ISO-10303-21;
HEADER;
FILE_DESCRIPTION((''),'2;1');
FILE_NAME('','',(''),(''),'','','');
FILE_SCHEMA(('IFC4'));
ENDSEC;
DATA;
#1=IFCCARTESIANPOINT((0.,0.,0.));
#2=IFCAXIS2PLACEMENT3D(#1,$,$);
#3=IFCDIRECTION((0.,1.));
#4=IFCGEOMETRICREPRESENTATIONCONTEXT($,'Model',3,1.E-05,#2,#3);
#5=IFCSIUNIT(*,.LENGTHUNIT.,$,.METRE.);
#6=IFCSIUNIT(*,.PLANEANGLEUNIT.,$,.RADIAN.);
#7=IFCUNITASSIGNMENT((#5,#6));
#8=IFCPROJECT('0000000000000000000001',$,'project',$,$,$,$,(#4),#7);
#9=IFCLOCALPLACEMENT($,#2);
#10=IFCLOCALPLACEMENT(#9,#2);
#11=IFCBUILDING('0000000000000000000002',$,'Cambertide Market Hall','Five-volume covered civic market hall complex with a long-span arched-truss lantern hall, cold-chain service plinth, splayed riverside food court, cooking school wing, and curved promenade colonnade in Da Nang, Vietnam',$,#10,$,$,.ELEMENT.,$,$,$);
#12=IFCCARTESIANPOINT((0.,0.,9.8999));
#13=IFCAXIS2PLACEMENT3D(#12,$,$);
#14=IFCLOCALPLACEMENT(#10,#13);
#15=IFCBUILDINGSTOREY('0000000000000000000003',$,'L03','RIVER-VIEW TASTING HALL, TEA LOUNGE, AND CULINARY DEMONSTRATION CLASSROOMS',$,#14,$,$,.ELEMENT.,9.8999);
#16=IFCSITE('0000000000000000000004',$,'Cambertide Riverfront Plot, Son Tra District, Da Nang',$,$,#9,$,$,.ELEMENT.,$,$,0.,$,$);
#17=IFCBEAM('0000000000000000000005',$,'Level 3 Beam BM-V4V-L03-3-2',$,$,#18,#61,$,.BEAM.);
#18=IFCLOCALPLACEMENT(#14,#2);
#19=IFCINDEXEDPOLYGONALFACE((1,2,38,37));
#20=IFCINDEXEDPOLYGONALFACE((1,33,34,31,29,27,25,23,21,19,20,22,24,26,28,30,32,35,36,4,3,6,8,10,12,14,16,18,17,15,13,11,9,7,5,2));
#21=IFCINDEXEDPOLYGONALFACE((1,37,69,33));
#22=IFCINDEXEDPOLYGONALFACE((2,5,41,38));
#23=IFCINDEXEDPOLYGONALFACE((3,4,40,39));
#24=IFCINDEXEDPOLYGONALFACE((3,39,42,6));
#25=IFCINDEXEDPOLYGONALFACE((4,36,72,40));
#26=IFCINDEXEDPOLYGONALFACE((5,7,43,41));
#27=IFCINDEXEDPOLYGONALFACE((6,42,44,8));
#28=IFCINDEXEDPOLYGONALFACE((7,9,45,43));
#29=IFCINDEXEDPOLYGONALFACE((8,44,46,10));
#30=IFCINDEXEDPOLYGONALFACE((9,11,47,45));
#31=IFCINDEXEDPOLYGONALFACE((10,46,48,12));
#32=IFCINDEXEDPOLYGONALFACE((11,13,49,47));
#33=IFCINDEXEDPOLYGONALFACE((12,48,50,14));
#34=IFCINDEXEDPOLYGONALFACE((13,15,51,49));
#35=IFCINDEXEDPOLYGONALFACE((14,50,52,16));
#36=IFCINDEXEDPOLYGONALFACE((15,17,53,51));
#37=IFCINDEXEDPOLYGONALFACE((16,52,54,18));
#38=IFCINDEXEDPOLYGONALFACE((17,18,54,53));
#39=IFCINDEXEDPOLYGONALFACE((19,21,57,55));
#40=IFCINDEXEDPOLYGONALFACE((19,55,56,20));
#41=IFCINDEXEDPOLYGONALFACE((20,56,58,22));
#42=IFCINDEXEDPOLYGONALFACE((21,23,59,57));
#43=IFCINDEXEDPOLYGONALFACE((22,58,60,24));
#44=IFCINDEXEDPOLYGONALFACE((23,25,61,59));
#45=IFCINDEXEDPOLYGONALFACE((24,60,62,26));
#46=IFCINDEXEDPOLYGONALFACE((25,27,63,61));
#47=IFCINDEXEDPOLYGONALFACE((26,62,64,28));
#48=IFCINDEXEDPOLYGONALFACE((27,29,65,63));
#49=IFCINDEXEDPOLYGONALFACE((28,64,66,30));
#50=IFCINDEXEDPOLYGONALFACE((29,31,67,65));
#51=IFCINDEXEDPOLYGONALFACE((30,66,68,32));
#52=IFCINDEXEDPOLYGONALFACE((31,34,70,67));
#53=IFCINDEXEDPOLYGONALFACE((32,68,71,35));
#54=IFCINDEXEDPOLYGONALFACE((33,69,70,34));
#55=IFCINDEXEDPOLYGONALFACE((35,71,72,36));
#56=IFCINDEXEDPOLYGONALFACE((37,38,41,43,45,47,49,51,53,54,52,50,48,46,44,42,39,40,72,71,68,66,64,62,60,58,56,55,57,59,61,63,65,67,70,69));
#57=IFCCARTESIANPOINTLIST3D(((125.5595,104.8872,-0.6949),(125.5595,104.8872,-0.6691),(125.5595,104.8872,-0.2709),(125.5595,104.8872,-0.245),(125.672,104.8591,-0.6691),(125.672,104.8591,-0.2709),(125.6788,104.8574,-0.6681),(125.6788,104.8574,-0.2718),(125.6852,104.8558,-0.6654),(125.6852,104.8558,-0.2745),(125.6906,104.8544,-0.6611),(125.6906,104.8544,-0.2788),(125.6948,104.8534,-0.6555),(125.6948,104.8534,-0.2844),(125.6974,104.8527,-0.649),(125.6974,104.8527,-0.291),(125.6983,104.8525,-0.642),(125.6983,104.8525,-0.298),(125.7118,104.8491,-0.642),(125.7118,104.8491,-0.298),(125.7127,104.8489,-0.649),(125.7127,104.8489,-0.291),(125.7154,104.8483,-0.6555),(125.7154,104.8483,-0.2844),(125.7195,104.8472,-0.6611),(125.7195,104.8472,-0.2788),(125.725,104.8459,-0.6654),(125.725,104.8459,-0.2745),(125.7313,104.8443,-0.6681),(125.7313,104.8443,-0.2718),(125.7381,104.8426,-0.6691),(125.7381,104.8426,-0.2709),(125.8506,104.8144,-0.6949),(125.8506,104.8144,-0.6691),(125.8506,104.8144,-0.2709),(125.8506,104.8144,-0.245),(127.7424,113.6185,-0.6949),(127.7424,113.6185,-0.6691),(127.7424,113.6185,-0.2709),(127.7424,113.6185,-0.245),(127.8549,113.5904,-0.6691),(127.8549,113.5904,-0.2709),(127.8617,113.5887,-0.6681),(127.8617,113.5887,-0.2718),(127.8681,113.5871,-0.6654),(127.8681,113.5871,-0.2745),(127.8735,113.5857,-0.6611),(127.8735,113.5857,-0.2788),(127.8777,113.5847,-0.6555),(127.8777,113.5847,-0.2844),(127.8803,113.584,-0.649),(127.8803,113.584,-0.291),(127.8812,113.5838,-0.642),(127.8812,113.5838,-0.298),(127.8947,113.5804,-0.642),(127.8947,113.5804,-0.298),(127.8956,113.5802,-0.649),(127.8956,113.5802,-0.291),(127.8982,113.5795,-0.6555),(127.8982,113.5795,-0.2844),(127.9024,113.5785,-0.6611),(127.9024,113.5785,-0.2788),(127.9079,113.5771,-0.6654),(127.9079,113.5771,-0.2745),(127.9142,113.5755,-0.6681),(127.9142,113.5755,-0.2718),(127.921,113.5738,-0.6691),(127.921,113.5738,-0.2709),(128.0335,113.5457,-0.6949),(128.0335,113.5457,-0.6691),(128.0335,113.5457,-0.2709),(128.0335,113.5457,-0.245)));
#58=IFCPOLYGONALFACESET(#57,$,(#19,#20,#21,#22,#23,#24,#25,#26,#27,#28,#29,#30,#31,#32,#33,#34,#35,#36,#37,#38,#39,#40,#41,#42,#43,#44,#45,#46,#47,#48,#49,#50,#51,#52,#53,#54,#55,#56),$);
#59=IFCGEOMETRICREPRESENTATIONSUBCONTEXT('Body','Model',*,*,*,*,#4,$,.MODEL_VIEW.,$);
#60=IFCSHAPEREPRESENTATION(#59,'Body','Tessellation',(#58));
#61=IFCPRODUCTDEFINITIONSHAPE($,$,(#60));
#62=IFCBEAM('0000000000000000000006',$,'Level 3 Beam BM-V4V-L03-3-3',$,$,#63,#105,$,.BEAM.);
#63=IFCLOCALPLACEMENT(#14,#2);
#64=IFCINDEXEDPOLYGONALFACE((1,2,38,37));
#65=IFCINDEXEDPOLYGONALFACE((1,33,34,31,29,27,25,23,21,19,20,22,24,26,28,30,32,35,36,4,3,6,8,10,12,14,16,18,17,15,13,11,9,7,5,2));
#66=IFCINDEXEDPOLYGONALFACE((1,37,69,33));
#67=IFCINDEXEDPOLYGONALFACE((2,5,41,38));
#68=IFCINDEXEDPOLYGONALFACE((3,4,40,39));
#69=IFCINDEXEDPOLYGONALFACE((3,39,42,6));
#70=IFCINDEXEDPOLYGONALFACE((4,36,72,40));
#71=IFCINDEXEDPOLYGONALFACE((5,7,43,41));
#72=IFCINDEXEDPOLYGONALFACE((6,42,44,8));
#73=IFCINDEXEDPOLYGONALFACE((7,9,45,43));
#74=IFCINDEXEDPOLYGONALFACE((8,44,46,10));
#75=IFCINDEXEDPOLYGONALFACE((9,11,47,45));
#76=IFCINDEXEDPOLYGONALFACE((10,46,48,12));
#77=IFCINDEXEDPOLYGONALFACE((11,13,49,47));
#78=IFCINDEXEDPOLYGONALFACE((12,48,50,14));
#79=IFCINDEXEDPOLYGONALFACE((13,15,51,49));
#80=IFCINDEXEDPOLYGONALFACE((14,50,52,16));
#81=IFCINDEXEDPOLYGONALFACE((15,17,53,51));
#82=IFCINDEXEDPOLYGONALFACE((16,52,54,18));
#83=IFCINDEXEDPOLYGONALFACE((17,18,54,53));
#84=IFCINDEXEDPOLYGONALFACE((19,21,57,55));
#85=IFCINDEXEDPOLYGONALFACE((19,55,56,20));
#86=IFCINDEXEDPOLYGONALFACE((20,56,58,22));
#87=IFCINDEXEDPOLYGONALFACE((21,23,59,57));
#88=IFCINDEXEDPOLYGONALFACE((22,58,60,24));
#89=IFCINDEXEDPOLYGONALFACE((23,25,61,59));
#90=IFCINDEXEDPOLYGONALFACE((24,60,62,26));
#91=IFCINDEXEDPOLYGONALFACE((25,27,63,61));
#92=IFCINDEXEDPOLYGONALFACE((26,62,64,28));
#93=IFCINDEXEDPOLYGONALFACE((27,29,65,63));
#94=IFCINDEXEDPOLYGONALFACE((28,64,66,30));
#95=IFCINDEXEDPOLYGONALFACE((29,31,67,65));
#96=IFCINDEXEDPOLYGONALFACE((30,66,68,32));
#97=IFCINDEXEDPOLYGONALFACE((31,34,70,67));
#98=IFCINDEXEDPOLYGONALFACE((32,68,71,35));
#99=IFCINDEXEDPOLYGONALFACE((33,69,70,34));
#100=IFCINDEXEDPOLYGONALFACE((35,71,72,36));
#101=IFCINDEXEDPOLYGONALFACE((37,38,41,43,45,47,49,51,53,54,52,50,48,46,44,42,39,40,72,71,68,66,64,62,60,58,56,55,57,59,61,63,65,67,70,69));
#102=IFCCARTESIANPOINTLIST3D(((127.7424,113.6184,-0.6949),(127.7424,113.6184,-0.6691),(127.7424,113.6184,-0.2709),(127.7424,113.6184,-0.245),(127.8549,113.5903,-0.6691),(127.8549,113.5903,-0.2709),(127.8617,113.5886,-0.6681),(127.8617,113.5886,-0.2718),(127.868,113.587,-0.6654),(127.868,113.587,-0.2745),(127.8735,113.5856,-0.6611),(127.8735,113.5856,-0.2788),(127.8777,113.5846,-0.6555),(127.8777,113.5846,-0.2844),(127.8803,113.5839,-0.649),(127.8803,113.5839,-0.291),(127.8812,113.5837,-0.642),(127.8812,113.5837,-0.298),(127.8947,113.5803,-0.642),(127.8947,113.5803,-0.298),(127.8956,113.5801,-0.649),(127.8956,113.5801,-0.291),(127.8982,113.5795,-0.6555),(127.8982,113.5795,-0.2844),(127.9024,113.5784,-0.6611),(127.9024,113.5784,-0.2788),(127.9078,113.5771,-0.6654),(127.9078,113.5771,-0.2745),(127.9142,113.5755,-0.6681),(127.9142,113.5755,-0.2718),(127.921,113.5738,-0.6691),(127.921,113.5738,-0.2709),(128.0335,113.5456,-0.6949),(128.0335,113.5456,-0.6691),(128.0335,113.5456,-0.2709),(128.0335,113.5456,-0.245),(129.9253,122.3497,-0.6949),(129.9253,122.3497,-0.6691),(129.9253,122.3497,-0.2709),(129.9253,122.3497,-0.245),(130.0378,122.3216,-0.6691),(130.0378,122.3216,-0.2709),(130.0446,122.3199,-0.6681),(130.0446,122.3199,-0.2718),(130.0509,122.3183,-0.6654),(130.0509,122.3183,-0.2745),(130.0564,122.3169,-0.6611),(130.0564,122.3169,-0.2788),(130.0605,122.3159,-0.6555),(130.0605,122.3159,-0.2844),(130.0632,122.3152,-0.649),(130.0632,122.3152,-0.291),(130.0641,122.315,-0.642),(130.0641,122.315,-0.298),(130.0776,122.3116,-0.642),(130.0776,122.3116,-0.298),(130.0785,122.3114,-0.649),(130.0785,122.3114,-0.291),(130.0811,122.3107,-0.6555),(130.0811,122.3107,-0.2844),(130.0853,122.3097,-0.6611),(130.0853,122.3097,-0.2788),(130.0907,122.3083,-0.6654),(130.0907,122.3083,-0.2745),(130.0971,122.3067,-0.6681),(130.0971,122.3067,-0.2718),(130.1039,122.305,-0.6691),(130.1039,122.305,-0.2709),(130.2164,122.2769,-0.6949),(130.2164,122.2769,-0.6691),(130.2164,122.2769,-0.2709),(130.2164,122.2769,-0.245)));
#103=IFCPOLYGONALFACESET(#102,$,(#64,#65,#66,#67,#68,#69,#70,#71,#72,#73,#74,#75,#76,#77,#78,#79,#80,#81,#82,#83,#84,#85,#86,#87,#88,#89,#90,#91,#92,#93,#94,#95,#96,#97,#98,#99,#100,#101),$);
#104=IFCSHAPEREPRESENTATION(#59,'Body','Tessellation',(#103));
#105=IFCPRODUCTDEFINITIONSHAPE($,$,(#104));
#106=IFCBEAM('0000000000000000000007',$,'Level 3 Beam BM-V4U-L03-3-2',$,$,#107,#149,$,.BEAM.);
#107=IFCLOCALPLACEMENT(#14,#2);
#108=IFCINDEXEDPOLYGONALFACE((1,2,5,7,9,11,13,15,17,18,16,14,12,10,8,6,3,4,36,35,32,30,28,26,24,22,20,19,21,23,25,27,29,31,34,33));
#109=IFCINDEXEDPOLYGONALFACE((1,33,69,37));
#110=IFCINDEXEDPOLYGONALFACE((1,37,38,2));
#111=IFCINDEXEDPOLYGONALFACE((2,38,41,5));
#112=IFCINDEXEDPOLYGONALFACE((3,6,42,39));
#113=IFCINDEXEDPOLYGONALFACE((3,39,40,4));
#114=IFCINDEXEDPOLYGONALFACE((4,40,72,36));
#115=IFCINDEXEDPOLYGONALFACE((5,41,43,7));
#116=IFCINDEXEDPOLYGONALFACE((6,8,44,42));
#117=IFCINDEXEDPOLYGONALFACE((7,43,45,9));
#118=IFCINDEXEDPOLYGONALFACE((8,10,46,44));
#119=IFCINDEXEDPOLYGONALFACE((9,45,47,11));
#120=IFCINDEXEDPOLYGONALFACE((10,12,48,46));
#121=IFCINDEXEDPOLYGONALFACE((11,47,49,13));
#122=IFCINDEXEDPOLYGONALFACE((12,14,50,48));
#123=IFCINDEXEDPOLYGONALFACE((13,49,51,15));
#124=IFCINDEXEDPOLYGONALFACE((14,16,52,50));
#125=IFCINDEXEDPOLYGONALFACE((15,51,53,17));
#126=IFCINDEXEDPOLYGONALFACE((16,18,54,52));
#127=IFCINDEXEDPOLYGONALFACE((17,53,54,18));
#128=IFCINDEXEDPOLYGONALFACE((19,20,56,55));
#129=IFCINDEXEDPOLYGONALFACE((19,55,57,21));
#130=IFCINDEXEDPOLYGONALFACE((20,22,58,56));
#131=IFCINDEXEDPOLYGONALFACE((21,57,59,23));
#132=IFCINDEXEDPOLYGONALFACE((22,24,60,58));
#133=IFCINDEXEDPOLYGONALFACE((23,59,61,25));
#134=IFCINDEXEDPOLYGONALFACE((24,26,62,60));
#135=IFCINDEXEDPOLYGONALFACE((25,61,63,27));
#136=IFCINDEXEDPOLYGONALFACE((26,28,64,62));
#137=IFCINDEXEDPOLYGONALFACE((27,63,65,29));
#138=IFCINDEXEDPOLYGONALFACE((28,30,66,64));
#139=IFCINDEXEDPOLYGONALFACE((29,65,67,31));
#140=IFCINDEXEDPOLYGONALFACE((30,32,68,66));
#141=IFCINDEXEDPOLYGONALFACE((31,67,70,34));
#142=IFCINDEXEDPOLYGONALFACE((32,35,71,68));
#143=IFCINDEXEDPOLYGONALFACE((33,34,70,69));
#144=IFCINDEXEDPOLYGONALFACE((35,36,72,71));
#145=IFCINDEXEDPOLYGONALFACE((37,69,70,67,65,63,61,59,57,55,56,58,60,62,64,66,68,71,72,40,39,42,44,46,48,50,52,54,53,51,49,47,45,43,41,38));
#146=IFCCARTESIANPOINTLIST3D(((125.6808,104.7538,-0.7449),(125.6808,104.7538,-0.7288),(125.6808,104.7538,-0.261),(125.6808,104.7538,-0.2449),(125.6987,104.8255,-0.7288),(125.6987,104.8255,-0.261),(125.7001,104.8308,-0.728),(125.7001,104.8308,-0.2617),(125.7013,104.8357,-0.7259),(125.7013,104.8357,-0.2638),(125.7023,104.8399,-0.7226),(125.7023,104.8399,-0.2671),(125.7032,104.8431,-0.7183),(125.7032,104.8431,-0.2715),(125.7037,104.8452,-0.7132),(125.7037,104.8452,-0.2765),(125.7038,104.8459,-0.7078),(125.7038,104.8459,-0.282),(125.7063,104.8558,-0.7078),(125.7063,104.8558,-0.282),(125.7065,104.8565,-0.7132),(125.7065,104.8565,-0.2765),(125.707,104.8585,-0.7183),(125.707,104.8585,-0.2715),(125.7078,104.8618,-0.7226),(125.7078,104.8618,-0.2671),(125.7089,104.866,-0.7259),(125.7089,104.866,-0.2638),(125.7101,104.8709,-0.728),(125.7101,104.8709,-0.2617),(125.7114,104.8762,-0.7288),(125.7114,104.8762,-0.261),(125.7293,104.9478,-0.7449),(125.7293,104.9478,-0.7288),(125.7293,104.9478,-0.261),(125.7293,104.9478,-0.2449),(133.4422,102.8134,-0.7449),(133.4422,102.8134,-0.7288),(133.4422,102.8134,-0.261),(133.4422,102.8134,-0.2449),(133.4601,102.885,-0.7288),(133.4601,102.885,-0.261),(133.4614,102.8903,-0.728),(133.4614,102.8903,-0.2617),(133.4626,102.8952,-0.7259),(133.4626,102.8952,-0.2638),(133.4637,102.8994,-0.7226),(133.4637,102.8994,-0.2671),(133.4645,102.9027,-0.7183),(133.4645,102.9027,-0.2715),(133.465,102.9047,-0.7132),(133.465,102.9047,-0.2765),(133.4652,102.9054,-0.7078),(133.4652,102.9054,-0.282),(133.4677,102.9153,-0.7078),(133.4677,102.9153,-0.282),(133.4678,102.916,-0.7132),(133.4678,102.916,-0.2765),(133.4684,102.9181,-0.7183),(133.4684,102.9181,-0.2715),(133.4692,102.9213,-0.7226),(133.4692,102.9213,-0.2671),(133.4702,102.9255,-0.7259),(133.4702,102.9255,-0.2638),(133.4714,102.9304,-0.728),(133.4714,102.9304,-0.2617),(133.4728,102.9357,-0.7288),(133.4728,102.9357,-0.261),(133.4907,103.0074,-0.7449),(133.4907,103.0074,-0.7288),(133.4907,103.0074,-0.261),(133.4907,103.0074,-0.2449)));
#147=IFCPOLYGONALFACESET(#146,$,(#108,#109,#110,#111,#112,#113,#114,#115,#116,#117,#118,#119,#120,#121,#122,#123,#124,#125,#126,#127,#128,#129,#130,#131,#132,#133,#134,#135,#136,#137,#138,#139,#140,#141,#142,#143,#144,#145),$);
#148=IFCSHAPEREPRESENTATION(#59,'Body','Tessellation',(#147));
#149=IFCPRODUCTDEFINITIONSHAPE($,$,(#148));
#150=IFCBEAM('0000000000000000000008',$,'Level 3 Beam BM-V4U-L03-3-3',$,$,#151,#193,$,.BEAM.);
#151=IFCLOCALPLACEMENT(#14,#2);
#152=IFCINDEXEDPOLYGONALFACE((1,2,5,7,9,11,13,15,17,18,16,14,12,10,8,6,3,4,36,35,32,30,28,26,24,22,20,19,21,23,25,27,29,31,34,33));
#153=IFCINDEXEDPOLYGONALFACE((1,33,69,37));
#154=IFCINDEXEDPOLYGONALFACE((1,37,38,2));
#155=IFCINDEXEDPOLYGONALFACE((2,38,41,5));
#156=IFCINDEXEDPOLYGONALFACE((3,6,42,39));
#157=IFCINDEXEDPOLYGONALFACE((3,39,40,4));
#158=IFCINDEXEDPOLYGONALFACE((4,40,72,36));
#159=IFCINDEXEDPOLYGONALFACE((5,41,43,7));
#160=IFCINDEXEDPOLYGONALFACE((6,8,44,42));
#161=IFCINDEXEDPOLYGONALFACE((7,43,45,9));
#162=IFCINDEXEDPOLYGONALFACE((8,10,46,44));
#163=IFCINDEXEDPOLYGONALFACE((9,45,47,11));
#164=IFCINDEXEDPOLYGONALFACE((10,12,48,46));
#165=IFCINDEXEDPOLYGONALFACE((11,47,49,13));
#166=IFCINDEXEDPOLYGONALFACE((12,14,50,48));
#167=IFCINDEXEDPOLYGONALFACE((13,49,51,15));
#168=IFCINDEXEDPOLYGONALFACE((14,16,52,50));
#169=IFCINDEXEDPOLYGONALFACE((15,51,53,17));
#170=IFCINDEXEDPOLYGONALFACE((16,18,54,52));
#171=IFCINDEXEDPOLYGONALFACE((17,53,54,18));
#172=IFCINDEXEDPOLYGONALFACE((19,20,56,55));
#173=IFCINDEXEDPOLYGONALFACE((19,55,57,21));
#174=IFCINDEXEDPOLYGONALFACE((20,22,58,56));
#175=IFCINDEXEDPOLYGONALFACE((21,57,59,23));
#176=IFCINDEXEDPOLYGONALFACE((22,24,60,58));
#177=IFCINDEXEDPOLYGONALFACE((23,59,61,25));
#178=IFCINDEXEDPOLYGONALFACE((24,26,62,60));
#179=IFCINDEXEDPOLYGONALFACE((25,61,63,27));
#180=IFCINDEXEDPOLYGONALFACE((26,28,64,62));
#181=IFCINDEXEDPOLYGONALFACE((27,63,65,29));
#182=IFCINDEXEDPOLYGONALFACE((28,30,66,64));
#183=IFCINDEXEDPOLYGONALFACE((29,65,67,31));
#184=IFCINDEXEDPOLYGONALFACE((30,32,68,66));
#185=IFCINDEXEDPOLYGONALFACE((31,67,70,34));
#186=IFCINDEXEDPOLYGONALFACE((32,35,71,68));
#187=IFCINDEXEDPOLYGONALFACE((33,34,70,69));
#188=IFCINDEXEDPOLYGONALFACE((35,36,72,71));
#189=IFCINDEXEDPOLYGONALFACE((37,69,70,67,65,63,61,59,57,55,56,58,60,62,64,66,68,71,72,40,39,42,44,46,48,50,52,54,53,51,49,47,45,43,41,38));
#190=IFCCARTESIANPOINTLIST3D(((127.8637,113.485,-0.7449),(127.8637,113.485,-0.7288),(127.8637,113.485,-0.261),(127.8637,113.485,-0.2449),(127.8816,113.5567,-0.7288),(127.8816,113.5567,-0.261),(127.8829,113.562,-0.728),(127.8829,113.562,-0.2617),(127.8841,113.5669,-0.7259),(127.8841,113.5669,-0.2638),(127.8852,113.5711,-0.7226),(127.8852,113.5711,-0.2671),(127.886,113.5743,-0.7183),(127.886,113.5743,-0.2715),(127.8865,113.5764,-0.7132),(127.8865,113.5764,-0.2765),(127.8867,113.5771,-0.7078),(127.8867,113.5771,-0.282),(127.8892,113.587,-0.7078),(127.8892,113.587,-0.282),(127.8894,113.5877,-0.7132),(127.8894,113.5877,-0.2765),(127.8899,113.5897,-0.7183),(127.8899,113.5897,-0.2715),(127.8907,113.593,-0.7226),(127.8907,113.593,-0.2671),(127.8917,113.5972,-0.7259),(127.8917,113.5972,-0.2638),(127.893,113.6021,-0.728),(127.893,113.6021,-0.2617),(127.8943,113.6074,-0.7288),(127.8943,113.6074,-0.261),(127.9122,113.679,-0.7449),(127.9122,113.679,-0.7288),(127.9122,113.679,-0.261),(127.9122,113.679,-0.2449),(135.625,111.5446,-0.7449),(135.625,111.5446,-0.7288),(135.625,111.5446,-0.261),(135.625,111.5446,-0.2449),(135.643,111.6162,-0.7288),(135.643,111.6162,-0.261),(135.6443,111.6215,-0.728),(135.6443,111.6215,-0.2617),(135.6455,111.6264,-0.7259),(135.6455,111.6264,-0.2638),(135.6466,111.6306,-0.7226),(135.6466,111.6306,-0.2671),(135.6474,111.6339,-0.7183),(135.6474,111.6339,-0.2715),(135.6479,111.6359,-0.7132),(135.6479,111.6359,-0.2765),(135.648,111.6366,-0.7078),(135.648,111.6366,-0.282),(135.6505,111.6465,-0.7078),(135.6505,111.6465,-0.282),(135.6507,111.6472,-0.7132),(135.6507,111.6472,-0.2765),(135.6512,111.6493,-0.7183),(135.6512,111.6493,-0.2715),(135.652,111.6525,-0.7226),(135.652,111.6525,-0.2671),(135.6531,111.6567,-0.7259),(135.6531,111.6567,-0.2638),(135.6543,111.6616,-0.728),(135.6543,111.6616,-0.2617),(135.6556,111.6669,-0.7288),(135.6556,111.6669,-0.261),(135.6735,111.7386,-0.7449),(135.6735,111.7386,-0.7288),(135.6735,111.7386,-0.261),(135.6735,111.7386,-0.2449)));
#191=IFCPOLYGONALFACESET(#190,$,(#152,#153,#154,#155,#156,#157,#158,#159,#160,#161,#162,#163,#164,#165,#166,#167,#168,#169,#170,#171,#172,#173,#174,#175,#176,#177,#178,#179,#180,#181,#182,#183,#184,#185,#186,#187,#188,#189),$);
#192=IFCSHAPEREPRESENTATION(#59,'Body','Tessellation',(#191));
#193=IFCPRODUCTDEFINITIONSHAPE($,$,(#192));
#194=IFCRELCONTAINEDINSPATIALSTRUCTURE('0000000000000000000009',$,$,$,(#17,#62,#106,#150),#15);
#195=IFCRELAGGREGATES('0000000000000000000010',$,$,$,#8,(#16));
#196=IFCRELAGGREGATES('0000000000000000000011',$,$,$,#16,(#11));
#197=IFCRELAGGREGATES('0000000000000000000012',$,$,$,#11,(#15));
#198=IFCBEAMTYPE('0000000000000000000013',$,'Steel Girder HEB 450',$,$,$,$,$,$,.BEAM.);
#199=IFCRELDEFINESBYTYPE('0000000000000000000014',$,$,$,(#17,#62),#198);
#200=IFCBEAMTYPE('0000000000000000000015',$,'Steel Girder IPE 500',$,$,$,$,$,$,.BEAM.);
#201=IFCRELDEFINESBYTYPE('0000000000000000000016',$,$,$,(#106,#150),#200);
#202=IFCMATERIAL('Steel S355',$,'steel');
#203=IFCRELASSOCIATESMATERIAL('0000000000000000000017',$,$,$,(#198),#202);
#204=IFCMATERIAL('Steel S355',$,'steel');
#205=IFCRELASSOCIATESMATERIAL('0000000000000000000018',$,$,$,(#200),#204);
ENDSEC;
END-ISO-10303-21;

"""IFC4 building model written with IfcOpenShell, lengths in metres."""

from ifc_helpers import new_model, si_unit, direction, frame, origin, origin_2d, place, context, subcontext, project, spatial, i_section, extrude, material, material_profile, profile_set, type_object, element, save


model = new_model("IFC4")

# Units and contexts
model_context = context("Model", 3, precision=1e-05, world=origin(), true_north=direction((0.0, 1.0)))
body_context = subcontext(model_context, "Body", "Model", "MODEL_VIEW")
ifc_project = project(units=[si_unit("LENGTHUNIT", "METRE"), si_unit("PLANEANGLEUNIT", "RADIAN")], contexts=[model_context])

# Site, building, storey
site_placement = place(None, origin())
site = spatial("IfcSite", under=ifc_project, at=site_placement, Name="Cambertide Riverfront Plot, Son Tra District, Da Nang", CompositionType="ELEMENT", RefElevation=0.0)
building_placement = place(site_placement, origin())
building = spatial("IfcBuilding", under=site, at=building_placement, Name="Cambertide Market Hall", Description="Five-volume covered civic market hall complex with a long-span arched-truss lantern hall, cold-chain service plinth, splayed riverside food court, cooking school wing, and curved promenade colonnade in Da Nang, Vietnam", CompositionType="ELEMENT")
storey_placement = place(building_placement, frame((0.0, 0.0, 9.8999)))
storey = spatial("IfcBuildingStorey", under=building, at=storey_placement, Name="L03", Description="RIVER-VIEW TASTING HALL, TEA LOUNGE, AND CULINARY DEMONSTRATION CLASSROOMS", CompositionType="ELEMENT", Elevation=9.8999)

# Beams
ifc_material_1 = material(Name="Steel S355", Category="steel")
ifc_material_profile_1 = material_profile(ifc_material_1, i_section(OverallWidth=0.3, OverallDepth=0.45, WebThickness=0.0139, FlangeThickness=0.0259, FilletRadius=0.0271, at=origin_2d()), Name="HEB 450")
ifc_profile_set_1 = profile_set([ifc_material_profile_1], Name="Steel S355")
beam_type_1 = type_object("IfcBeamType", Name="Steel Girder HEB 450", PredefinedType="BEAM", material=ifc_profile_set_1)
for number, where, z_axis, x_axis, name in (
    (1, (125.7051, 104.8508, -0.47), (0.242542, 0.970141, 0.0), (-0.970141, 0.242542, 0.0), "Level 3 Beam BM-V4V-L03-3-2"),
    (2, (127.8879, 113.582, -0.47), (0.242542, 0.970141, 0.0), (-0.970141, 0.242542, 0.0), "Level 3 Beam BM-V4V-L03-3-3"),
):
    element("IfcBeam", number, at=place(storey_placement, frame(where, z_axis=z_axis, x_axis=x_axis)), inside=storey, type_object=beam_type_1, Name=name, PredefinedType="BEAM", context=body_context, shape_type="SweptSolid", body=[
        extrude(i_section(OverallWidth=0.3, OverallDepth=0.45, WebThickness=0.0139, FlangeThickness=0.0259, FilletRadius=0.0271, at=origin_2d()), origin(), (0.0, 0.0, 1.0), 9.0),
    ])
ifc_material_2 = material(Name="Steel S355", Category="steel")
ifc_material_profile_2 = material_profile(ifc_material_2, i_section(OverallWidth=0.2, OverallDepth=0.5, WebThickness=0.0103, FlangeThickness=0.0161, FilletRadius=0.021, at=origin_2d()), Name="IPE 500")
ifc_profile_set_2 = profile_set([ifc_material_profile_2], Name="Steel S355")
beam_type_2 = type_object("IfcBeamType", Name="Steel Girder IPE 500", PredefinedType="BEAM", material=ifc_profile_set_2)
for number, where, z_axis, x_axis, name in (
    (3, (125.7051, 104.8508, -0.4949), (0.970139, -0.24255, 0.0), (0.24255, 0.970139, 0.0), "Level 3 Beam BM-V4U-L03-3-2"),
    (4, (127.8879, 113.582, -0.4949), (0.970139, -0.24255, 0.0), (0.24255, 0.970139, 0.0), "Level 3 Beam BM-V4U-L03-3-3"),
):
    element("IfcBeam", number, at=place(storey_placement, frame(where, z_axis=z_axis, x_axis=x_axis)), inside=storey, type_object=beam_type_2, Name=name, PredefinedType="BEAM", context=body_context, shape_type="SweptSolid", body=[
        extrude(i_section(OverallWidth=0.2, OverallDepth=0.5, WebThickness=0.0103, FlangeThickness=0.0161, FilletRadius=0.021, at=origin_2d()), origin(), (0.0, 0.0, 1.0), 8.0002),
    ])

save(model, "model.ifc")
